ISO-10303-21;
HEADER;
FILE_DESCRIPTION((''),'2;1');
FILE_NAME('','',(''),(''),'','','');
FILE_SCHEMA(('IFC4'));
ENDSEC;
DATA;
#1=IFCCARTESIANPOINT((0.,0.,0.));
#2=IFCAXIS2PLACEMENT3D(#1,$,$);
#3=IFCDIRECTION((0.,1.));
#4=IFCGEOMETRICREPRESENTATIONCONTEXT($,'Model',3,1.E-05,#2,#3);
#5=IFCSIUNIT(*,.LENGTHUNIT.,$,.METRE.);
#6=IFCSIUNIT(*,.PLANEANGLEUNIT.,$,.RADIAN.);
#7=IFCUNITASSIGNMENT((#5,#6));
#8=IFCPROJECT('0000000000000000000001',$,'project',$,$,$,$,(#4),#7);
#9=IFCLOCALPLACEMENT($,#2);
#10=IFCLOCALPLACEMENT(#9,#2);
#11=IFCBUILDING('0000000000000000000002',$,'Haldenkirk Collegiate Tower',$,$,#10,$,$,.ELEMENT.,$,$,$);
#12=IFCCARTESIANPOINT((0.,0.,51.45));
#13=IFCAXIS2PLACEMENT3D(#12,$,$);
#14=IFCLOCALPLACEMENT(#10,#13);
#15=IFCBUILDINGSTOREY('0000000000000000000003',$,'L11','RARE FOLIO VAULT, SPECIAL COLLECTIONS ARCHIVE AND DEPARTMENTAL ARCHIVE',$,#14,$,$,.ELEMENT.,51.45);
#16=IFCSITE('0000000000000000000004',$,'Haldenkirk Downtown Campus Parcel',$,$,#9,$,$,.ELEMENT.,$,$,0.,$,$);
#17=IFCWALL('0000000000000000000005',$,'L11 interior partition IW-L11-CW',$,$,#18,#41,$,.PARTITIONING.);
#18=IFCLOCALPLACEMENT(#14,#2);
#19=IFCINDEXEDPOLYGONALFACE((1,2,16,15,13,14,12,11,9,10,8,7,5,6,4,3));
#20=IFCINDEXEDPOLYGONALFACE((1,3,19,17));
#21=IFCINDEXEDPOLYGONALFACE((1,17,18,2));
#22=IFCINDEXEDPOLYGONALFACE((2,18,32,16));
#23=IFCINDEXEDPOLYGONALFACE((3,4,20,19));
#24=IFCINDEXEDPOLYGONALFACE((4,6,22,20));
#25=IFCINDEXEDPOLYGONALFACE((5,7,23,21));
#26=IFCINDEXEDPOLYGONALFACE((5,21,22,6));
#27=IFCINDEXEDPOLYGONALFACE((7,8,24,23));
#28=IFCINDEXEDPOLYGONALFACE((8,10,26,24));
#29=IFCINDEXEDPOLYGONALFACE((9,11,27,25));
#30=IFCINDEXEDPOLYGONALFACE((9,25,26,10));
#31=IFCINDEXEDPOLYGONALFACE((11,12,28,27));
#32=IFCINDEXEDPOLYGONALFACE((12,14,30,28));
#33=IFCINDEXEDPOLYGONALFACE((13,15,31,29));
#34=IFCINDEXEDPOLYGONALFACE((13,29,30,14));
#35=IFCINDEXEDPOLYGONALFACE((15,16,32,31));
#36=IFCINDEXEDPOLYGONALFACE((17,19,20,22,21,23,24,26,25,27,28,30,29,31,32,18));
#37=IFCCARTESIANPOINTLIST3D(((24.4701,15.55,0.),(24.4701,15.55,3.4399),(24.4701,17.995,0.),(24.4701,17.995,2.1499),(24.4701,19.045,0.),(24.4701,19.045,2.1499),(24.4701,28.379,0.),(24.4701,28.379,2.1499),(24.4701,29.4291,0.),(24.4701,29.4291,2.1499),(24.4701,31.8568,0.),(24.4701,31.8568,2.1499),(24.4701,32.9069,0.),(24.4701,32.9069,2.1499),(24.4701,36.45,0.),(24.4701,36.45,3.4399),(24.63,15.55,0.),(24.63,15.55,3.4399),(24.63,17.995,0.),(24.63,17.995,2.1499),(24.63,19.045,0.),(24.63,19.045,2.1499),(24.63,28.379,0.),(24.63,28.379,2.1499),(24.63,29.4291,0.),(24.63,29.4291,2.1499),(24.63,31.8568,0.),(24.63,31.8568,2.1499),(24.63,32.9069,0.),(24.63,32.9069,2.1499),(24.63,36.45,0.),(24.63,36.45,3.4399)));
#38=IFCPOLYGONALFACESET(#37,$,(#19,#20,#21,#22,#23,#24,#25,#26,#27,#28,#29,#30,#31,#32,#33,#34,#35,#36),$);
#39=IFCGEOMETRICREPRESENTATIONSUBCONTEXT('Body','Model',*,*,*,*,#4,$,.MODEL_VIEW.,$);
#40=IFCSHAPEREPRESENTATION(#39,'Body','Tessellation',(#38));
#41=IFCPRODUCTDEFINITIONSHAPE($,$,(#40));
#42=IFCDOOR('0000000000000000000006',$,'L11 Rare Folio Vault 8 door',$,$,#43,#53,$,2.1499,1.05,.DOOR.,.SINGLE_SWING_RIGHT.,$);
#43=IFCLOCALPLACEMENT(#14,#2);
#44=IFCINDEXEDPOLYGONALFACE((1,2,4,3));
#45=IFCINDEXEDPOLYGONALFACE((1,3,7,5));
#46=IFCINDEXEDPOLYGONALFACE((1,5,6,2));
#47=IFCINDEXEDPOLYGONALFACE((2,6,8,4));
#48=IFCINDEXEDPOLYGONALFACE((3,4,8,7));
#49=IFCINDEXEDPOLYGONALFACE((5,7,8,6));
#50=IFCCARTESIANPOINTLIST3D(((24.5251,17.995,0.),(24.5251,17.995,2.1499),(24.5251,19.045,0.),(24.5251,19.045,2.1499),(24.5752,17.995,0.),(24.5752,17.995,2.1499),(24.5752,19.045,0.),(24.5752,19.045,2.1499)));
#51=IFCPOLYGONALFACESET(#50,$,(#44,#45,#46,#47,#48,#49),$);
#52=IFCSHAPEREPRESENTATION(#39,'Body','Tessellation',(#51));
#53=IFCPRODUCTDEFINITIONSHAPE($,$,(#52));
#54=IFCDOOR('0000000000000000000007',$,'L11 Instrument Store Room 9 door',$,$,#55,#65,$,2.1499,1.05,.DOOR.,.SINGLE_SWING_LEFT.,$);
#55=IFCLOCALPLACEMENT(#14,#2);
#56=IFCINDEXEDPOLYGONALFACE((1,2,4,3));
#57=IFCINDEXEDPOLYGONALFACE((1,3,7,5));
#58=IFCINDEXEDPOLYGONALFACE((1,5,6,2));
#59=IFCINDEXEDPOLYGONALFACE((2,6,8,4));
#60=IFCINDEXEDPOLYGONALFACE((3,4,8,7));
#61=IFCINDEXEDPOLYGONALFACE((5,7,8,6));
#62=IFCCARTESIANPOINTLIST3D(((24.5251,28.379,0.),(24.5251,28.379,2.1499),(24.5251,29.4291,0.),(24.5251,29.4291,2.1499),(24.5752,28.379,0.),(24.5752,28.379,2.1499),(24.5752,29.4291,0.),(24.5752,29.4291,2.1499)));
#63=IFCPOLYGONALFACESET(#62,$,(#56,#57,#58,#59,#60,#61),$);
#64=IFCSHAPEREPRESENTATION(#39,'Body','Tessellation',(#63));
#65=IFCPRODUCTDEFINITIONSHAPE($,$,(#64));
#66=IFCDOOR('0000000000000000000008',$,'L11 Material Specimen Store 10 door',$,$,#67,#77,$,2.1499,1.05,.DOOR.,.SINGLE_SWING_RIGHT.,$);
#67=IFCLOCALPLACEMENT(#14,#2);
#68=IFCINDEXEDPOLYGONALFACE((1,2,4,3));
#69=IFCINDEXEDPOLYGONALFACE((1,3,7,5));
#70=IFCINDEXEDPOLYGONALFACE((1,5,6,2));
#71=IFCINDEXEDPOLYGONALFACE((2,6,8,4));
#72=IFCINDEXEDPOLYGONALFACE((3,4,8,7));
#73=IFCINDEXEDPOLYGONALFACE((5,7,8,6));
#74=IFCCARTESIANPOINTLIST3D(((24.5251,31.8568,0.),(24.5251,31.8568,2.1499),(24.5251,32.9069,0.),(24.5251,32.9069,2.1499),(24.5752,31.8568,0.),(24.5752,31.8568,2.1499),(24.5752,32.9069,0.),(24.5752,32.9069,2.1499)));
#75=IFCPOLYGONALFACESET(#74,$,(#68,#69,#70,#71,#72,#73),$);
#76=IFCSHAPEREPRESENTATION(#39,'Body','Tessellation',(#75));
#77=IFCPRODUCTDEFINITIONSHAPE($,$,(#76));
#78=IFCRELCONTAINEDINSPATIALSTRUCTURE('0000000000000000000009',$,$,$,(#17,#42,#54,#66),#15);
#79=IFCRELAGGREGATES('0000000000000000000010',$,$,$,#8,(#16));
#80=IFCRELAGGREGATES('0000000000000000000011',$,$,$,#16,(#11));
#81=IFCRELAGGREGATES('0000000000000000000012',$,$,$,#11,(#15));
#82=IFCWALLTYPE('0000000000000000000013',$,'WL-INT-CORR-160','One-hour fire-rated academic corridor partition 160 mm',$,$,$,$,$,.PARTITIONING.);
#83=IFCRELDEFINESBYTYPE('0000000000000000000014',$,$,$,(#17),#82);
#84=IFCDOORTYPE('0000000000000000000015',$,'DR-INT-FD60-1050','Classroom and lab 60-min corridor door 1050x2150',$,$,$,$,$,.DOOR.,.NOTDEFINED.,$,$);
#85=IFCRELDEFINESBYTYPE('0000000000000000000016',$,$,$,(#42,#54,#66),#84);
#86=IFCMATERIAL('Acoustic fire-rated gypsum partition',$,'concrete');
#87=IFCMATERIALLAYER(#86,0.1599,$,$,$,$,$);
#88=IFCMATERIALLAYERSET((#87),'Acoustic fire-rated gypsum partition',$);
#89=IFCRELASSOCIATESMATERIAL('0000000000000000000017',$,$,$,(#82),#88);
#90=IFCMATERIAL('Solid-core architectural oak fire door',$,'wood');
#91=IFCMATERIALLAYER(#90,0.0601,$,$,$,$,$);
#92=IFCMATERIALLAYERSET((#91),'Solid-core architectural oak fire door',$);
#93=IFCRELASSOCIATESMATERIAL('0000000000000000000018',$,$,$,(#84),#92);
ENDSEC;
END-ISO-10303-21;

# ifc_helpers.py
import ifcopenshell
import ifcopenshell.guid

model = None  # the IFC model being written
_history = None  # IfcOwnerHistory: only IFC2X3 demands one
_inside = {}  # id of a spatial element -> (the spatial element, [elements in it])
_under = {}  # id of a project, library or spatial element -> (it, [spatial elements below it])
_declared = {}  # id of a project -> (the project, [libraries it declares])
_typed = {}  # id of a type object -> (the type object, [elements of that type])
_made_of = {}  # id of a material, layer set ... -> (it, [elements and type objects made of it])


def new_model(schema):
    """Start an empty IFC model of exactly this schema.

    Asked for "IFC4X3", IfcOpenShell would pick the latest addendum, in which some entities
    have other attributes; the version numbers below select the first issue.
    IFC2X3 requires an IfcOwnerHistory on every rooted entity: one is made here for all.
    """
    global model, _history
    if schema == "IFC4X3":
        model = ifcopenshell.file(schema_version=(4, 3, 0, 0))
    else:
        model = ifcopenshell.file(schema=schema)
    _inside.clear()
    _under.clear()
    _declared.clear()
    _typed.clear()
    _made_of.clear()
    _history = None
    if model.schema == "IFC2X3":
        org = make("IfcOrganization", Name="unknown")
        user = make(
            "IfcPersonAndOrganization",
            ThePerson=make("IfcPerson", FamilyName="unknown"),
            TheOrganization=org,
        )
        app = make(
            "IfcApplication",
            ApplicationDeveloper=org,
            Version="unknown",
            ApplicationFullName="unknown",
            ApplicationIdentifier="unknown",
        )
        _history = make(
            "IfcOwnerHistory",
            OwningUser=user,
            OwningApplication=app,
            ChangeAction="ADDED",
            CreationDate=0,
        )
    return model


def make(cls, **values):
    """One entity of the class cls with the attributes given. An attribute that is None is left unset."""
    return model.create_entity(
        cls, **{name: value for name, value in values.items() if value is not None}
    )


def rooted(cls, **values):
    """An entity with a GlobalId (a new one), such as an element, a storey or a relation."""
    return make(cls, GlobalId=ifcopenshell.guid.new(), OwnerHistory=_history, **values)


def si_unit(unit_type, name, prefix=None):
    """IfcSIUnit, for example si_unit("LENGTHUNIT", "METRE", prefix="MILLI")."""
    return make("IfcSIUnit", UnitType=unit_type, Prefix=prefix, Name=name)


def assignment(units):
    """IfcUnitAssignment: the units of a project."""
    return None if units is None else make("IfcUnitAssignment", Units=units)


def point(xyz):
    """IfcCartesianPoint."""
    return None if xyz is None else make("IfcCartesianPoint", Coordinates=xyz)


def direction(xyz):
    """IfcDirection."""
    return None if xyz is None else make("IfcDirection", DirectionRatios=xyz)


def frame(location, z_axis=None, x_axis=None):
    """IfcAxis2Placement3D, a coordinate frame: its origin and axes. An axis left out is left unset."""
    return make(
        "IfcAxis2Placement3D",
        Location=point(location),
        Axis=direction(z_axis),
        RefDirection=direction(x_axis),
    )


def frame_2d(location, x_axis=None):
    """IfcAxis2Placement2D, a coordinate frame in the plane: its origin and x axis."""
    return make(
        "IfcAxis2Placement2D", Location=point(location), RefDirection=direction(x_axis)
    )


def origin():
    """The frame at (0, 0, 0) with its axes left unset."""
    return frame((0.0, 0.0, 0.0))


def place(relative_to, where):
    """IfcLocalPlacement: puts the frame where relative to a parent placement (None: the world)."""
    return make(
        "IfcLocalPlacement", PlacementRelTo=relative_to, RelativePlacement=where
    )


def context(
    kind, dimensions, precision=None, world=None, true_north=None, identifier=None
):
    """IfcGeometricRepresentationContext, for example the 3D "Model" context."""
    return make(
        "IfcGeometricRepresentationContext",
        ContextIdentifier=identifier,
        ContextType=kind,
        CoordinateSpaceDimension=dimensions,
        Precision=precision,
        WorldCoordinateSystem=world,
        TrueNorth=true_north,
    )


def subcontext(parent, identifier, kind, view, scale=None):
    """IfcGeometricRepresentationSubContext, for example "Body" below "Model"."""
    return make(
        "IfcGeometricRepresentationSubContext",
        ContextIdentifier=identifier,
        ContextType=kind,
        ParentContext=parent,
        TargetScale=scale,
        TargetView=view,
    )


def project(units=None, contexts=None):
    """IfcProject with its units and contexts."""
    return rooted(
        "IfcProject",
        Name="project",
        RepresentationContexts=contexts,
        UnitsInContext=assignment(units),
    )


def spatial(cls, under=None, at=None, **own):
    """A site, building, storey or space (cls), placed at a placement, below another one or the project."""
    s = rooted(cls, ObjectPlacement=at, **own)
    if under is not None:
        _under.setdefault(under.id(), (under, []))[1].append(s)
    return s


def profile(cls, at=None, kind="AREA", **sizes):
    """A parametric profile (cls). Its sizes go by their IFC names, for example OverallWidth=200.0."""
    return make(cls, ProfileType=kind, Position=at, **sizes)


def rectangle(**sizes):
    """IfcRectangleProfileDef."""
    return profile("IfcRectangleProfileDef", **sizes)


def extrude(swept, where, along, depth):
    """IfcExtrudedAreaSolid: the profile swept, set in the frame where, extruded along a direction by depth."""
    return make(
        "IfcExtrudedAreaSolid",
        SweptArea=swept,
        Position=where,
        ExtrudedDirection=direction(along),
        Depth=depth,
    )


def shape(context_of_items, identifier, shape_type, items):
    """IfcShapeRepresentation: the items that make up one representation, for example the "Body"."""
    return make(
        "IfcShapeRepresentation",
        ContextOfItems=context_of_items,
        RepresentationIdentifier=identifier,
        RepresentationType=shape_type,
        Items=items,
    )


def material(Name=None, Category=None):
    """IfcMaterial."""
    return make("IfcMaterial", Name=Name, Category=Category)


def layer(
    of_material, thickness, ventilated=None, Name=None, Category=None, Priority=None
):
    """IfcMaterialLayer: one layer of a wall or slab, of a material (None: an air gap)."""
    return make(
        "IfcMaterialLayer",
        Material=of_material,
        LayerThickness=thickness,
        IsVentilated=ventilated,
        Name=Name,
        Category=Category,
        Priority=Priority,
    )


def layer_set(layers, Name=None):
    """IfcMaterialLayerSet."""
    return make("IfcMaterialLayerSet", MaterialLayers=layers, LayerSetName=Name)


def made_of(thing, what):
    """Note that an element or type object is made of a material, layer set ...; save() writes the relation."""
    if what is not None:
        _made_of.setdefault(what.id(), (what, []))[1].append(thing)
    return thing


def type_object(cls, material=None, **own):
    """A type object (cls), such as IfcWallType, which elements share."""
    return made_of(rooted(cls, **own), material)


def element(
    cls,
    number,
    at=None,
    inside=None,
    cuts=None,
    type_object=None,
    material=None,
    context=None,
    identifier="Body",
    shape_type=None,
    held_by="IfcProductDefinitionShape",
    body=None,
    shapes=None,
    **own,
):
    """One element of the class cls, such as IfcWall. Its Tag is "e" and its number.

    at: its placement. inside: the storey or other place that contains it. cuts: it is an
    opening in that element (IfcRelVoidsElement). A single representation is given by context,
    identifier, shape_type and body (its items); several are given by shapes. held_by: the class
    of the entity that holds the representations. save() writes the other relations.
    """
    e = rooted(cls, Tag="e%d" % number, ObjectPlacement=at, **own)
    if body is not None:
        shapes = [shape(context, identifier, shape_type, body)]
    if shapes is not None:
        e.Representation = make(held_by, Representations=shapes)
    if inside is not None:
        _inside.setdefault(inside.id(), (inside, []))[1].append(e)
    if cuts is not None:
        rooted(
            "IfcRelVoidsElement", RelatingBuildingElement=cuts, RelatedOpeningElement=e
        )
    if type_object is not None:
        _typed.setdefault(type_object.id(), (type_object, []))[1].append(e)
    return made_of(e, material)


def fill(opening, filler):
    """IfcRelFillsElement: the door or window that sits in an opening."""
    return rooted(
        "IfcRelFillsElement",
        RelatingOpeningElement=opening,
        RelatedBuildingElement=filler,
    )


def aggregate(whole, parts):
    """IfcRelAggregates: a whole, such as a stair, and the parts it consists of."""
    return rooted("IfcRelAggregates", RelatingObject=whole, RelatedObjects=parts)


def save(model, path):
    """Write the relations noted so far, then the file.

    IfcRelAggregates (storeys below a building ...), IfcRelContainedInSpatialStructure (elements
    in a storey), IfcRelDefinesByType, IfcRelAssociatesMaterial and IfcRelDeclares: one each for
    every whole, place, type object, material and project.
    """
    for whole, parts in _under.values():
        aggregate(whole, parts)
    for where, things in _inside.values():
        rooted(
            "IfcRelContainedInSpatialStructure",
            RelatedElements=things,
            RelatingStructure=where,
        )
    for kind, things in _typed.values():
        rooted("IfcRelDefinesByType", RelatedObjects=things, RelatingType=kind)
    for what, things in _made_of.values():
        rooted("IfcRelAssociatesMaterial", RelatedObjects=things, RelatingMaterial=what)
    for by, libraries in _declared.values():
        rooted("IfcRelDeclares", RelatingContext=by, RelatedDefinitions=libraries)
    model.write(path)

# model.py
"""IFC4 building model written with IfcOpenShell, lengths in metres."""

from ifc_helpers import new_model, si_unit, direction, frame, frame_2d, origin, place, context, subcontext, project, spatial, rectangle, extrude, material, layer, layer_set, type_object, element, fill, save


model = new_model("IFC4")

# Units and contexts
model_context = context("Model", 3, precision=1e-05, world=origin(), true_north=direction((0.0, 1.0)))
body_context = subcontext(model_context, "Body", "Model", "MODEL_VIEW")
ifc_project = project(units=[si_unit("LENGTHUNIT", "METRE"), si_unit("PLANEANGLEUNIT", "RADIAN")], contexts=[model_context])

# Site, building, storey
site_placement = place(None, origin())
site = spatial("IfcSite", under=ifc_project, at=site_placement, Name="Haldenkirk Downtown Campus Parcel", CompositionType="ELEMENT", RefElevation=0.0)
building_placement = place(site_placement, origin())
building = spatial("IfcBuilding", under=site, at=building_placement, Name="Haldenkirk Collegiate Tower", CompositionType="ELEMENT")
storey_placement = place(building_placement, frame((0.0, 0.0, 51.45)))
storey = spatial("IfcBuildingStorey", under=building, at=storey_placement, Name="L11", Description="RARE FOLIO VAULT, SPECIAL COLLECTIONS ARCHIVE AND DEPARTMENTAL ARCHIVE", CompositionType="ELEMENT", Elevation=51.45)

# Wall, openings, doors
ifc_material_1 = material(Name="Acoustic fire-rated gypsum partition", Category="concrete")
ifc_layer_1 = layer(ifc_material_1, 0.1599)
ifc_layer_set_1 = layer_set([ifc_layer_1], Name="Acoustic fire-rated gypsum partition")
wall_type_1 = type_object("IfcWallType", Name="WL-INT-CORR-160", Description="One-hour fire-rated academic corridor partition 160 mm", PredefinedType="PARTITIONING", material=ifc_layer_set_1)
ifc_material_2 = material(Name="Solid-core architectural oak fire door", Category="wood")
ifc_layer_2 = layer(ifc_material_2, 0.0601)
ifc_layer_set_2 = layer_set([ifc_layer_2], Name="Solid-core architectural oak fire door")
door_type_1 = type_object("IfcDoorType", Name="DR-INT-FD60-1050", Description="Classroom and lab 60-min corridor door 1050x2150", OperationType="NOTDEFINED", PredefinedType="DOOR", material=ifc_layer_set_2)
wall_1_placement = place(storey_placement, frame((24.55, 15.55, 0.0), z_axis=(0.0, 0.0, 1.0), x_axis=(0.0, 1.0, 0.0)))
wall_1 = element("IfcWall", 1, at=wall_1_placement, inside=storey, type_object=wall_type_1, Name="L11 interior partition IW-L11-CW", PredefinedType="PARTITIONING", context=body_context, shape_type="SweptSolid", body=[
    extrude(rectangle(XDim=20.8999, YDim=0.1599, at=frame_2d((10.45, 0.0))), origin(), (0.0, 0.0, 1.0), 3.4399),
])
opening_1_placement = place(wall_1_placement, frame((2.4451, 0.0, 0.0)))
opening_1 = element("IfcOpeningElement", 2, at=opening_1_placement, cuts=wall_1, PredefinedType="OPENING", context=body_context, shape_type="SweptSolid", body=[
    extrude(rectangle(XDim=1.05, YDim=2.1499, at=frame_2d((0.5249, 1.075))), frame((0.0, 0.0898, 0.0), z_axis=(0.0, -1.0, 0.0), x_axis=(1.0, 0.0, 0.0)), (0.0, 0.0, 1.0), 0.1799),
])
opening_2_placement = place(wall_1_placement, frame((12.8291, 0.0, 0.0)))
opening_2 = element("IfcOpeningElement", 3, at=opening_2_placement, cuts=wall_1, PredefinedType="OPENING", context=body_context, shape_type="SweptSolid", body=[
    extrude(rectangle(XDim=1.05, YDim=2.1499, at=frame_2d((0.5249, 1.075))), frame((0.0, 0.0898, 0.0), z_axis=(0.0, -1.0, 0.0), x_axis=(1.0, 0.0, 0.0)), (0.0, 0.0, 1.0), 0.1799),
])
opening_3_placement = place(wall_1_placement, frame((16.3069, 0.0, 0.0)))
opening_3 = element("IfcOpeningElement", 4, at=opening_3_placement, cuts=wall_1, PredefinedType="OPENING", context=body_context, shape_type="SweptSolid", body=[
    extrude(rectangle(XDim=1.05, YDim=2.1499, at=frame_2d((0.5249, 1.075))), frame((0.0, 0.0898, 0.0), z_axis=(0.0, -1.0, 0.0), x_axis=(1.0, 0.0, 0.0)), (0.0, 0.0, 1.0), 0.1799),
])
door_1_placement = place(opening_1_placement, origin())
door_1 = element("IfcDoor", 5, at=door_1_placement, inside=storey, type_object=door_type_1, Name="L11 Rare Folio Vault 8 door", OperationType="SINGLE_SWING_RIGHT", OverallHeight=2.1499, OverallWidth=1.05, PredefinedType="DOOR", context=body_context, shape_type="SweptSolid", body=[
    extrude(rectangle(XDim=1.05, YDim=2.1499, at=frame_2d((0.5249, 1.075))), frame((0.0, 0.0249, 0.0), z_axis=(0.0, -1.0, 0.0), x_axis=(1.0, 0.0, 0.0)), (0.0, 0.0, 1.0), 0.05),
])
fill(opening_1, door_1)
door_2_placement = place(opening_2_placement, origin())
door_2 = element("IfcDoor", 6, at=door_2_placement, inside=storey, type_object=door_type_1, Name="L11 Instrument Store Room 9 door", OperationType="SINGLE_SWING_LEFT", OverallHeight=2.1499, OverallWidth=1.05, PredefinedType="DOOR", context=body_context, shape_type="SweptSolid", body=[
    extrude(rectangle(XDim=1.05, YDim=2.1499, at=frame_2d((0.5249, 1.075))), frame((0.0, 0.0249, 0.0), z_axis=(0.0, -1.0, 0.0), x_axis=(1.0, 0.0, 0.0)), (0.0, 0.0, 1.0), 0.05),
])
fill(opening_2, door_2)
door_3_placement = place(opening_3_placement, origin())
door_3 = element("IfcDoor", 7, at=door_3_placement, inside=storey, type_object=door_type_1, Name="L11 Material Specimen Store 10 door", OperationType="SINGLE_SWING_RIGHT", OverallHeight=2.1499, OverallWidth=1.05, PredefinedType="DOOR", context=body_context, shape_type="SweptSolid", body=[
    extrude(rectangle(XDim=1.05, YDim=2.1499, at=frame_2d((0.5249, 1.075))), frame((0.0, 0.0249, 0.0), z_axis=(0.0, -1.0, 0.0), x_axis=(1.0, 0.0, 0.0)), (0.0, 0.0, 1.0), 0.05),
])
fill(opening_3, door_3)

save(model, "model.ifc")
